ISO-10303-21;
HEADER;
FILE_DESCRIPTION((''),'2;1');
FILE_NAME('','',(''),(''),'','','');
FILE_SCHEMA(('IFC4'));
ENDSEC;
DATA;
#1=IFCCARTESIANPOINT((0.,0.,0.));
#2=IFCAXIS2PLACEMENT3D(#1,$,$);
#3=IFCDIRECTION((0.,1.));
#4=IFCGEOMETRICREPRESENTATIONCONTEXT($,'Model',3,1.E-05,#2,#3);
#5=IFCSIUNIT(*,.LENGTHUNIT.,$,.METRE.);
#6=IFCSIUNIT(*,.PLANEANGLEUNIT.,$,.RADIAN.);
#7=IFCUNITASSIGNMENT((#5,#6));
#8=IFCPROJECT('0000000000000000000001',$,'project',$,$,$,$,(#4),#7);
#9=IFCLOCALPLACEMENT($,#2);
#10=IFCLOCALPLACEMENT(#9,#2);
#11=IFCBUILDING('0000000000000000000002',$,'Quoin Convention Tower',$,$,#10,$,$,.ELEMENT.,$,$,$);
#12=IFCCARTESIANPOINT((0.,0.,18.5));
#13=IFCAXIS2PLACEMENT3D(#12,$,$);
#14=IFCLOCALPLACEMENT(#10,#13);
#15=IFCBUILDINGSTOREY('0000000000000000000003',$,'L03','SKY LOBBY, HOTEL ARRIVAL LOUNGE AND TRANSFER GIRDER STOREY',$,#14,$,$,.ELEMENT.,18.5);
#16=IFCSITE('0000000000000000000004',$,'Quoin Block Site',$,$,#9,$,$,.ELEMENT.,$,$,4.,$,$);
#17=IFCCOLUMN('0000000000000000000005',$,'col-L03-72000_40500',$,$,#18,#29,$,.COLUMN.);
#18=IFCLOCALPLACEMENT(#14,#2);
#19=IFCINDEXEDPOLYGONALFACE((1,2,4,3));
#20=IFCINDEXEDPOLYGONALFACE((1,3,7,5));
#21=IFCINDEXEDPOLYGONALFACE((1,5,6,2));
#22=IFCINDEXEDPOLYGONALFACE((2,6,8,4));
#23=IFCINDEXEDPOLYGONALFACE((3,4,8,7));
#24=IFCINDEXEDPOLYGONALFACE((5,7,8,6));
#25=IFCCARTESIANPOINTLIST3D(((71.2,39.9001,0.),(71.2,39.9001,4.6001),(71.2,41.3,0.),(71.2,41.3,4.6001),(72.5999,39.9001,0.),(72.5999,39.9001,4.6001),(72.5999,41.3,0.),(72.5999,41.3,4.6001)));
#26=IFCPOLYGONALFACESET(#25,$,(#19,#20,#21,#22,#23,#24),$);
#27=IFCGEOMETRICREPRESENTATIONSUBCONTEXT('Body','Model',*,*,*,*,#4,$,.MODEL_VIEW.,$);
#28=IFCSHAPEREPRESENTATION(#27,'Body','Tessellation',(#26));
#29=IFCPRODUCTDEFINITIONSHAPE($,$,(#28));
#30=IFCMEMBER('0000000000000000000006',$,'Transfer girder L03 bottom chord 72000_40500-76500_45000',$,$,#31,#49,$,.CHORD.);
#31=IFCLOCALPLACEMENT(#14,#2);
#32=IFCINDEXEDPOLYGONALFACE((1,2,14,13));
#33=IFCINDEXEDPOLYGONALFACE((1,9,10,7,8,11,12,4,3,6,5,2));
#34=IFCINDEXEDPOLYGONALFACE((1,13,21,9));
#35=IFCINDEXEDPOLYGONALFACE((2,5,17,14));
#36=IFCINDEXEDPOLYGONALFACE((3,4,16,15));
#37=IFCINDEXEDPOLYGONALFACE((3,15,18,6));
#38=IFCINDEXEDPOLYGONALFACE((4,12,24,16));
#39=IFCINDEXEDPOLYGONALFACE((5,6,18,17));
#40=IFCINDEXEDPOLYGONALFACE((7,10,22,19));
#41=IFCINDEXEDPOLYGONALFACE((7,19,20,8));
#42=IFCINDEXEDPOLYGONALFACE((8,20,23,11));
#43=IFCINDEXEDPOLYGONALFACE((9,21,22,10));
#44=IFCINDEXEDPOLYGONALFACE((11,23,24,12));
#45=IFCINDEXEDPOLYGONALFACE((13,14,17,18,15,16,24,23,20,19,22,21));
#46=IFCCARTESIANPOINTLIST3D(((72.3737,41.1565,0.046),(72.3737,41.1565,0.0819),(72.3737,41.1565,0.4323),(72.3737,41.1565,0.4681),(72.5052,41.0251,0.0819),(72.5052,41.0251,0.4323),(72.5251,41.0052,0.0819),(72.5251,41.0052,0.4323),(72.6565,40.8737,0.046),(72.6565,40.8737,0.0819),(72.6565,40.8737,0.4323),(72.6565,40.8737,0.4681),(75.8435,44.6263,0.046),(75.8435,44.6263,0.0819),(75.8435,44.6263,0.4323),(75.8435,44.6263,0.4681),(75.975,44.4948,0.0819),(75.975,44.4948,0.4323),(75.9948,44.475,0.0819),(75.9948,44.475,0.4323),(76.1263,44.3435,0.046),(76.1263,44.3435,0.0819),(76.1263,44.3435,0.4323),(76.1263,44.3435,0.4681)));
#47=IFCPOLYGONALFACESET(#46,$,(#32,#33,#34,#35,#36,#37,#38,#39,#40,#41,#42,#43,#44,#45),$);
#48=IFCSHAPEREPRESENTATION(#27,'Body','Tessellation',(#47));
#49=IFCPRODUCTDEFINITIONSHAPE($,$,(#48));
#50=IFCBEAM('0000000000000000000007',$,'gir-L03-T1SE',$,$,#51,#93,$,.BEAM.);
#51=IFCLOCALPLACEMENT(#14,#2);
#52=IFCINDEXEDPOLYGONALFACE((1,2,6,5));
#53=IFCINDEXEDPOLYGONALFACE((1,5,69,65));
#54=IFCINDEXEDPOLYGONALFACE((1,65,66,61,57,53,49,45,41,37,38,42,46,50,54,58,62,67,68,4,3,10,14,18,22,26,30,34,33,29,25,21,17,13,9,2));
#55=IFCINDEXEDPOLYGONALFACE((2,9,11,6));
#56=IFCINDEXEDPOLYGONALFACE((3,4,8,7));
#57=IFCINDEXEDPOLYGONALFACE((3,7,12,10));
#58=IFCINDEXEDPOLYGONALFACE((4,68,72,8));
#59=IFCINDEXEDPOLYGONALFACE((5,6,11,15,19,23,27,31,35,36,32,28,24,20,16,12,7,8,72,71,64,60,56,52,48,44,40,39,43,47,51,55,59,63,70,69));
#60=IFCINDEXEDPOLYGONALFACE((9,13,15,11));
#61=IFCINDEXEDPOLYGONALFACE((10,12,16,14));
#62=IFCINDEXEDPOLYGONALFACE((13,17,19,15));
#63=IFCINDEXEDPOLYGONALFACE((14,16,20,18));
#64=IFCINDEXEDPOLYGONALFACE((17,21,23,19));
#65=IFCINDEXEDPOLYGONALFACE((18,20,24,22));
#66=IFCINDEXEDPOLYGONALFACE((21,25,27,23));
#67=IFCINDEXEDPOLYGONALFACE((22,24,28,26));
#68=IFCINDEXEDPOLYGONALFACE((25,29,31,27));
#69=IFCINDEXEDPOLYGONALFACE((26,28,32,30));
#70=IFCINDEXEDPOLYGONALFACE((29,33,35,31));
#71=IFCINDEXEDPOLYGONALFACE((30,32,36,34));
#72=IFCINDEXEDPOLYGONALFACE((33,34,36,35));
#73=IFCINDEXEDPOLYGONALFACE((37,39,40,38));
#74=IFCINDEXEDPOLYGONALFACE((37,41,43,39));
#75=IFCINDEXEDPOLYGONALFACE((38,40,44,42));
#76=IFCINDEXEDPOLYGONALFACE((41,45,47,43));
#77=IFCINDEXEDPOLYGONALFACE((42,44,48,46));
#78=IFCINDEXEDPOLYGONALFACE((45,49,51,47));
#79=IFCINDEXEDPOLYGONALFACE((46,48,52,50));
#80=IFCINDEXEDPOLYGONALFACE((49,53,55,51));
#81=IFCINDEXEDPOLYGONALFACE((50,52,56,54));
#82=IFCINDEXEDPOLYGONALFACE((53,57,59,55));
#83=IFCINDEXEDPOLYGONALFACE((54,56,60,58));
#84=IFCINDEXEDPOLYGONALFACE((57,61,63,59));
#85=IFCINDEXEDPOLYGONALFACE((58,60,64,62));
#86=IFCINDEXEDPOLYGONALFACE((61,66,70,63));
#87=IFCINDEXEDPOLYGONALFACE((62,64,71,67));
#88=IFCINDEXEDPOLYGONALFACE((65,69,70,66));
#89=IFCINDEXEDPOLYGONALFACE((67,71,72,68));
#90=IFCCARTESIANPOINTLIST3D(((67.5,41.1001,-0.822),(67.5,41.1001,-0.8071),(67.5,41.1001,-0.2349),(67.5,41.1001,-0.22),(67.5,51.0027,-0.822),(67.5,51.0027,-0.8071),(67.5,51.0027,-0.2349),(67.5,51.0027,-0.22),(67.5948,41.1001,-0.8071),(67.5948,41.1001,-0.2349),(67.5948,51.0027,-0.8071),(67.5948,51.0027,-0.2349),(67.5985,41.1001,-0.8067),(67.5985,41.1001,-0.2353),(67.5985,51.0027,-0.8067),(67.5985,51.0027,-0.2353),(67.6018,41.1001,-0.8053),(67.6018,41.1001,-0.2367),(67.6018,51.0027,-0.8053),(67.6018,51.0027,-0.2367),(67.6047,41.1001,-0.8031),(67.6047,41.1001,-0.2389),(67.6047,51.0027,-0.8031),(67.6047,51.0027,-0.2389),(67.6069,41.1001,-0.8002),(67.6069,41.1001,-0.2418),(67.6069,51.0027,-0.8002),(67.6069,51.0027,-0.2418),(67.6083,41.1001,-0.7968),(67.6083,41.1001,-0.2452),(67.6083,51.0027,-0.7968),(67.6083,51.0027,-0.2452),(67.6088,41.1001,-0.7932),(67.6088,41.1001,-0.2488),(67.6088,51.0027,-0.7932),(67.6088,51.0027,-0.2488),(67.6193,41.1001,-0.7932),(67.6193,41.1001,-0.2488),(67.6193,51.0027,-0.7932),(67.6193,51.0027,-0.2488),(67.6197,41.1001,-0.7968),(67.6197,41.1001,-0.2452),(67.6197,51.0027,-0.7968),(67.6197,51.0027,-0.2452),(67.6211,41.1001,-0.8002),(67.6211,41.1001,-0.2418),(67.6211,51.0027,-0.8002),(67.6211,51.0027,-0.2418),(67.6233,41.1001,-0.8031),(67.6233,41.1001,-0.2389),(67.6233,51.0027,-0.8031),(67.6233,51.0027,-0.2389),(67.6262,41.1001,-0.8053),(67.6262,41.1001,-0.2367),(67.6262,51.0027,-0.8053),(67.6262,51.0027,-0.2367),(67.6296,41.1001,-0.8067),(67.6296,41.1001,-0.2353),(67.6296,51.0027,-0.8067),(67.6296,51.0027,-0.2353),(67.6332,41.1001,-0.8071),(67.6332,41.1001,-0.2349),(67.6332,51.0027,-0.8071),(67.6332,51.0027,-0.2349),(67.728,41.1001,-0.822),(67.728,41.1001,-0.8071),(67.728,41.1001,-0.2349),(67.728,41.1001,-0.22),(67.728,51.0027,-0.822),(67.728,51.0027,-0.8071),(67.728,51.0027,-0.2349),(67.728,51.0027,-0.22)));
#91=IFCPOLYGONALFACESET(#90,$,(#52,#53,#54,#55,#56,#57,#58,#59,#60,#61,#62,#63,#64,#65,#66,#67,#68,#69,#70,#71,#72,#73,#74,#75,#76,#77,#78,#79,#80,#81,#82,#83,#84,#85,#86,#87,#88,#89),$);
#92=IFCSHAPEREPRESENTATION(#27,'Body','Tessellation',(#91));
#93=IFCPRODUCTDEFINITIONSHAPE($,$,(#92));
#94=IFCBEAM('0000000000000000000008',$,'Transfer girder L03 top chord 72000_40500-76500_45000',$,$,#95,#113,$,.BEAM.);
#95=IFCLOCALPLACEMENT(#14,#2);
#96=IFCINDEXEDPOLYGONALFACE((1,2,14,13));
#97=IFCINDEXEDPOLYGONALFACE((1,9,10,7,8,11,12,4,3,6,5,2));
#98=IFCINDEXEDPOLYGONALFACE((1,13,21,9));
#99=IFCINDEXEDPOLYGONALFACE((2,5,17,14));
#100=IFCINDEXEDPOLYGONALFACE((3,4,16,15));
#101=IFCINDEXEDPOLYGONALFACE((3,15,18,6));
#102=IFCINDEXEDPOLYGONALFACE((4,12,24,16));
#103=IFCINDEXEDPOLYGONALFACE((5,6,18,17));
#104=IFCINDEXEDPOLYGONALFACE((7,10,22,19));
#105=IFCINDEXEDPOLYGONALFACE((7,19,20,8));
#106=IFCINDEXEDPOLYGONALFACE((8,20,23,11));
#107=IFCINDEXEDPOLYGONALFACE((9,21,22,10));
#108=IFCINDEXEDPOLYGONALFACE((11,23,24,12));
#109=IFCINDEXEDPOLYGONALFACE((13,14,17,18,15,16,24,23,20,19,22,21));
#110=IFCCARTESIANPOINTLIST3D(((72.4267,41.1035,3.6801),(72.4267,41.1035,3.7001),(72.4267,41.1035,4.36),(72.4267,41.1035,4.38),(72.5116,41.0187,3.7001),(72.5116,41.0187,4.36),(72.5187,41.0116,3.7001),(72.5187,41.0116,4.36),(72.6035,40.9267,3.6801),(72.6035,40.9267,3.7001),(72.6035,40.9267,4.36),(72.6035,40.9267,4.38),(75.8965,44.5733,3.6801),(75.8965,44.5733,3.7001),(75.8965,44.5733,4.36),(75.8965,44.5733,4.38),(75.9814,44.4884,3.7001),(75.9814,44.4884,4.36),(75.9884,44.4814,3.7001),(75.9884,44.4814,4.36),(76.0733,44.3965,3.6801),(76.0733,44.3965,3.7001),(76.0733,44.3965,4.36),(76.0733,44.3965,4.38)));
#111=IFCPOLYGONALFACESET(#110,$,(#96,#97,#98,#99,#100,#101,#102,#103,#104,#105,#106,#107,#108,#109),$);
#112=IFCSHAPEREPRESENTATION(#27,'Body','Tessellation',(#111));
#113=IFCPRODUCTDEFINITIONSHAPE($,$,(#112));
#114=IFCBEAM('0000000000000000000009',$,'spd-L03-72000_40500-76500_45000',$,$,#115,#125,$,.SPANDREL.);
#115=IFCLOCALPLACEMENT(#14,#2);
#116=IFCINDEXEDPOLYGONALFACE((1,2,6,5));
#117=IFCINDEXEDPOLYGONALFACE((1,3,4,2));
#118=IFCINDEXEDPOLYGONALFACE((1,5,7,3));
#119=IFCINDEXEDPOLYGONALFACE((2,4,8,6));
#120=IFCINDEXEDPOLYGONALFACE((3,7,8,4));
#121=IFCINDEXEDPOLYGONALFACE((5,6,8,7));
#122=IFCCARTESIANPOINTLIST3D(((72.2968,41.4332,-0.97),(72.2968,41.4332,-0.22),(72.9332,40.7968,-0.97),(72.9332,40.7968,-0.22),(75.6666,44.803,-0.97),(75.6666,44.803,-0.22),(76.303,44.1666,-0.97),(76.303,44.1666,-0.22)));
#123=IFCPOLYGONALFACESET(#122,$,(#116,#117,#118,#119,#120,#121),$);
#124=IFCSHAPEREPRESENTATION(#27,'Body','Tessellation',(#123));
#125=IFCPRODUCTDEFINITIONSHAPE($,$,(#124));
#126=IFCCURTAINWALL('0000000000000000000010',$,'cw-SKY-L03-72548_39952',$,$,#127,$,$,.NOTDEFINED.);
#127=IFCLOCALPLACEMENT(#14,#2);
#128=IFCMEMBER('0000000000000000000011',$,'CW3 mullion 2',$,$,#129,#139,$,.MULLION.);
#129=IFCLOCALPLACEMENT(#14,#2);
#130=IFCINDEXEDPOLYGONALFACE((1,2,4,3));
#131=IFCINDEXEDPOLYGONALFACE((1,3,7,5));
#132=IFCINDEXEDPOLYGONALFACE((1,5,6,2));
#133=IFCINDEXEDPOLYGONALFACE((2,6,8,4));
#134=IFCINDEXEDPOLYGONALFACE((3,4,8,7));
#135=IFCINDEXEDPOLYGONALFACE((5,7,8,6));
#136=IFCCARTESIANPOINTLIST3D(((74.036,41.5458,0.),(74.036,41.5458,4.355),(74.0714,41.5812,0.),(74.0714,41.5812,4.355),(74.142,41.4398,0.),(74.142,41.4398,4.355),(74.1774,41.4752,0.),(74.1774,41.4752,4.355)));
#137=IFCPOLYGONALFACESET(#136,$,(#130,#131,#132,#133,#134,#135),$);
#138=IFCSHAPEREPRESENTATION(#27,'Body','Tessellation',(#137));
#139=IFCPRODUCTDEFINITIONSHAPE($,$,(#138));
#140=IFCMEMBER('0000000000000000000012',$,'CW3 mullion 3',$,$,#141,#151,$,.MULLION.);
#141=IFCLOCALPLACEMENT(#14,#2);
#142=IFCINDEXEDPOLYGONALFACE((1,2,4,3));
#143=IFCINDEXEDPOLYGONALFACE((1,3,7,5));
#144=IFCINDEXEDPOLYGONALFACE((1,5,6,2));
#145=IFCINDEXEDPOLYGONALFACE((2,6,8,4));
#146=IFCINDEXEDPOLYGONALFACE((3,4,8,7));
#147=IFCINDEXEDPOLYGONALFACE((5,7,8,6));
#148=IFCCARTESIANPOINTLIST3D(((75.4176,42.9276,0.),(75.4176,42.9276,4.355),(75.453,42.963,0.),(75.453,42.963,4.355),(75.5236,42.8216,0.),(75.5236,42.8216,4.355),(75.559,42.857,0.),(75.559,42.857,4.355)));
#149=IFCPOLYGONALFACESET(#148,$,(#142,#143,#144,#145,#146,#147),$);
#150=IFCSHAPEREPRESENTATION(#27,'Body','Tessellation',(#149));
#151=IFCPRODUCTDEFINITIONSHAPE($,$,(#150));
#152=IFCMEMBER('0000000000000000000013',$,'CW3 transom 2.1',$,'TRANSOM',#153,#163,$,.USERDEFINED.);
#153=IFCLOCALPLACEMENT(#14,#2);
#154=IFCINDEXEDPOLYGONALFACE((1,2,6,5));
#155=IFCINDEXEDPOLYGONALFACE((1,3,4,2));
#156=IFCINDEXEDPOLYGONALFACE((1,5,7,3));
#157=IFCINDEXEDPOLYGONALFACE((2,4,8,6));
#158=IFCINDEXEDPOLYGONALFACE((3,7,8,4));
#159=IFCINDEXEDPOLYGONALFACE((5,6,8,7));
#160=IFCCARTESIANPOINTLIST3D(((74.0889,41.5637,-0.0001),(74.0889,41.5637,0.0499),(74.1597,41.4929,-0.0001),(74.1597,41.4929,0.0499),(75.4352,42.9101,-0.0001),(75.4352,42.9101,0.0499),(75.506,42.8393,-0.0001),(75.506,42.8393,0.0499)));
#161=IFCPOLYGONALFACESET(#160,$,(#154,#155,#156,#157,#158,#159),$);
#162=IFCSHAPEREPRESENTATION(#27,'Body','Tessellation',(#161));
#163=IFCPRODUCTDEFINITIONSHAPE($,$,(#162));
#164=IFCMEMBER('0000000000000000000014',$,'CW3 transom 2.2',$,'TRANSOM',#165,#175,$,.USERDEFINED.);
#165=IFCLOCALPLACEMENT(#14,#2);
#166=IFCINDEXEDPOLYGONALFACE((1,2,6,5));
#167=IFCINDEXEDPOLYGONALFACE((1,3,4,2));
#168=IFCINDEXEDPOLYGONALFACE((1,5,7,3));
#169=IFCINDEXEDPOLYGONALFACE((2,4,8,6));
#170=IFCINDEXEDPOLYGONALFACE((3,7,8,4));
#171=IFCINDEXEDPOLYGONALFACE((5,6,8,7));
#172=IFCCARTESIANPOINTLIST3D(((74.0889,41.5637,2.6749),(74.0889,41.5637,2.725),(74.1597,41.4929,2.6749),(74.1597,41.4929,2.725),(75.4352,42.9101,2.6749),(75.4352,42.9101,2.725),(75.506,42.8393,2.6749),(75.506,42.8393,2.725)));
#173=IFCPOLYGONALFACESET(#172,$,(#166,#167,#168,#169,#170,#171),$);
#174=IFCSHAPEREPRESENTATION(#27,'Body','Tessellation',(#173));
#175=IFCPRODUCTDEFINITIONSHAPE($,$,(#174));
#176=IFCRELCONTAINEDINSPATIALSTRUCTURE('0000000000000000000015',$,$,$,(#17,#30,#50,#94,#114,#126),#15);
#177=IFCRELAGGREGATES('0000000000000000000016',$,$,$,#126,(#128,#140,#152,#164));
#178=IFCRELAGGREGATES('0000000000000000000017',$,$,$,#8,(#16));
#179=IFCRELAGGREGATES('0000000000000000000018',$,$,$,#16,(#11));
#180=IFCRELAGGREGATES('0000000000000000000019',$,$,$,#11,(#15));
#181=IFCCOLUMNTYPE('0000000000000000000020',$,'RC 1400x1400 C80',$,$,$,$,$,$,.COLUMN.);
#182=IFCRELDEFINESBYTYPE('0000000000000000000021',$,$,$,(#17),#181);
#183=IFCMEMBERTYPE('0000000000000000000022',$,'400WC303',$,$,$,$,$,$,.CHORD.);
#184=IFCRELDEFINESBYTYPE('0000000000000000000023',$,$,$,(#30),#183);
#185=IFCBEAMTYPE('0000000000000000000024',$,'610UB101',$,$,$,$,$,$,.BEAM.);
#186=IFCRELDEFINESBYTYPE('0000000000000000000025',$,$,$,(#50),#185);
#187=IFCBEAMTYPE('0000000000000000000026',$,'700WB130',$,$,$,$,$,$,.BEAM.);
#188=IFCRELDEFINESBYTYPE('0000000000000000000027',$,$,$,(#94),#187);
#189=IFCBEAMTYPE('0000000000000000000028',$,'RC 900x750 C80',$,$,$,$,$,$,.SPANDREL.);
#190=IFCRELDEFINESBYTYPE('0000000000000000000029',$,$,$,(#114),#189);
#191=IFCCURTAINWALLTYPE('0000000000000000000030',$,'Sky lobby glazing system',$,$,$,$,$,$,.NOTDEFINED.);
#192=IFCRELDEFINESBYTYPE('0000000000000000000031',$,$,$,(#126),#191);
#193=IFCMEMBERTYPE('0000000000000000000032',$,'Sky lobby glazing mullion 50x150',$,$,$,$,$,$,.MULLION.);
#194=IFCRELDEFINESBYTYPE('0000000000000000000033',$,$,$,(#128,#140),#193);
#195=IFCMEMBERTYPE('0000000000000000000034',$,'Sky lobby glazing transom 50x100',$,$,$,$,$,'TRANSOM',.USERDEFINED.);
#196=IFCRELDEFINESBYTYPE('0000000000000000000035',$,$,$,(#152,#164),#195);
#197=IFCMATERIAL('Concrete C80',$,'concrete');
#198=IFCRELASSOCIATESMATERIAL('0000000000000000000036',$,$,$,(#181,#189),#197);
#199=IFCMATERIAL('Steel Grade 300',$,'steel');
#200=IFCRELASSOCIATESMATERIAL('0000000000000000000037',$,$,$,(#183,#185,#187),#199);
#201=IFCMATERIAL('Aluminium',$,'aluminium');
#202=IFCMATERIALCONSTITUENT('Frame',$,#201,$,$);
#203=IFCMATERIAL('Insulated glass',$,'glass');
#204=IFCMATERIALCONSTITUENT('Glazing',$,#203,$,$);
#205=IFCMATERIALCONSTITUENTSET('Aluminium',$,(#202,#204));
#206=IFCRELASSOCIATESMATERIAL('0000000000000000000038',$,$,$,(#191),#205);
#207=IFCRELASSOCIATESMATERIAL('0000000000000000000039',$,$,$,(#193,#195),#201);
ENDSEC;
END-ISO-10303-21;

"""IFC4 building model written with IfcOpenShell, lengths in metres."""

from ifc_helpers import new_model, si_unit, direction, frame, origin, origin_2d, place, context, subcontext, project, spatial, rectangle, i_section, extrude, material, constituent, constituent_set, material_profile, profile_set, type_object, element, aggregate, save


model = new_model("IFC4")

# Units and contexts
model_context = context("Model", 3, precision=1e-05, world=origin(), true_north=direction((0.0, 1.0)))
body_context = subcontext(model_context, "Body", "Model", "MODEL_VIEW")
ifc_project = project(units=[si_unit("LENGTHUNIT", "METRE"), si_unit("PLANEANGLEUNIT", "RADIAN")], contexts=[model_context])

# Site, building, storey
site_placement = place(None, origin())
site = spatial("IfcSite", under=ifc_project, at=site_placement, Name="Quoin Block Site", CompositionType="ELEMENT", RefElevation=4.0)
building_placement = place(site_placement, origin())
building = spatial("IfcBuilding", under=site, at=building_placement, Name="Quoin Convention Tower", CompositionType="ELEMENT")
storey_placement = place(building_placement, frame((0.0, 0.0, 18.5)))
storey = spatial("IfcBuildingStorey", under=building, at=storey_placement, Name="L03", Description="SKY LOBBY, HOTEL ARRIVAL LOUNGE AND TRANSFER GIRDER STOREY", CompositionType="ELEMENT", Elevation=18.5)

# Column
ifc_material_1 = material(Name="Concrete C80", Category="concrete")
ifc_material_profile_1 = material_profile(ifc_material_1, rectangle(XDim=1.3999, YDim=1.3999, at=origin_2d()), Name="RC 1400x1400")
ifc_profile_set_1 = profile_set([ifc_material_profile_1], Name="Concrete C80")
column_type = type_object("IfcColumnType", Name="RC 1400x1400 C80", PredefinedType="COLUMN", material=ifc_profile_set_1)
column_placement = place(storey_placement, frame((71.8999, 40.6001, 0.0), z_axis=(0.0, 0.0, 1.0), x_axis=(1.0, 0.0, 0.0)))
element("IfcColumn", 1, at=column_placement, inside=storey, type_object=column_type, Name="col-L03-72000_40500", PredefinedType="COLUMN", context=body_context, shape_type="SweptSolid", body=[
    extrude(rectangle(XDim=1.3999, YDim=1.3999, at=origin_2d()), origin(), (0.0, 0.0, 1.0), 4.6001),
])

# Member
ifc_material_2 = material(Name="Steel Grade 300", Category="steel")
ifc_material_profile_2 = material_profile(ifc_material_2, i_section(OverallWidth=0.3999, OverallDepth=0.4221, WebThickness=0.0281, FlangeThickness=0.0359, at=origin_2d()), Name="400WC303")
ifc_profile_set_2 = profile_set([ifc_material_profile_2], Name="Steel Grade 300")
member_type_1 = type_object("IfcMemberType", Name="400WC303", PredefinedType="CHORD", material=ifc_profile_set_2)
member_1_placement = place(storey_placement, frame((72.5151, 41.0151, 0.2571), z_axis=(0.707107, 0.707107, 0.0), x_axis=(-0.707107, 0.707107, 0.0)))
element("IfcMember", 2, at=member_1_placement, inside=storey, type_object=member_type_1, Name="Transfer girder L03 bottom chord 72000_40500-76500_45000", PredefinedType="CHORD", context=body_context, shape_type="SweptSolid", body=[
    extrude(i_section(OverallWidth=0.3999, OverallDepth=0.4221, WebThickness=0.0281, FlangeThickness=0.0359, at=origin_2d()), origin(), (0.0, 0.0, 1.0), 4.907),
])

# Beams
ifc_material_profile_3 = material_profile(ifc_material_2, i_section(OverallWidth=0.228, OverallDepth=0.6021, WebThickness=0.0105, FlangeThickness=0.0149, FilletRadius=0.0139, at=origin_2d()), Name="610UB101")
ifc_profile_set_3 = profile_set([ifc_material_profile_3], Name="Steel Grade 300")
beam_type_1 = type_object("IfcBeamType", Name="610UB101", PredefinedType="BEAM", material=ifc_profile_set_3)
beam_1_placement = place(storey_placement, frame((67.614, 41.1001, -0.521), z_axis=(0.0, 1.0, 0.0), x_axis=(-1.0, 0.0, 0.0)))
element("IfcBeam", 3, at=beam_1_placement, inside=storey, type_object=beam_type_1, Name="gir-L03-T1SE", PredefinedType="BEAM", context=body_context, shape_type="SweptSolid", body=[
    extrude(i_section(OverallWidth=0.228, OverallDepth=0.6021, WebThickness=0.0105, FlangeThickness=0.0149, FilletRadius=0.0139, at=origin_2d()), origin(), (0.0, 0.0, 1.0), 9.9026),
])
ifc_material_profile_4 = material_profile(ifc_material_2, i_section(OverallWidth=0.25, OverallDepth=0.7, WebThickness=0.01, FlangeThickness=0.02, at=origin_2d()), Name="700WB130")
ifc_profile_set_4 = profile_set([ifc_material_profile_4], Name="Steel Grade 300")
beam_type_2 = type_object("IfcBeamType", Name="700WB130", PredefinedType="BEAM", material=ifc_profile_set_4)
beam_2_placement = place(storey_placement, frame((72.5151, 41.0151, 4.03), z_axis=(0.707107, 0.707107, 0.0), x_axis=(-0.707107, 0.707107, 0.0)))
element("IfcBeam", 4, at=beam_2_placement, inside=storey, type_object=beam_type_2, Name="Transfer girder L03 top chord 72000_40500-76500_45000", PredefinedType="BEAM", context=body_context, shape_type="SweptSolid", body=[
    extrude(i_section(OverallWidth=0.25, OverallDepth=0.7, WebThickness=0.01, FlangeThickness=0.02, at=origin_2d()), origin(), (0.0, 0.0, 1.0), 4.907),
])
ifc_material_profile_5 = material_profile(ifc_material_1, rectangle(XDim=0.8999, YDim=0.75, at=origin_2d()), Name="RC 900x750")
ifc_profile_set_5 = profile_set([ifc_material_profile_5], Name="Concrete C80")
beam_type_3 = type_object("IfcBeamType", Name="RC 900x750 C80", PredefinedType="SPANDREL", material=ifc_profile_set_5)
beam_3_placement = place(storey_placement, frame((72.615, 41.115, -0.595), z_axis=(0.707107, 0.707107, 0.0), x_axis=(-0.707107, 0.707107, 0.0)))
element("IfcBeam", 5, at=beam_3_placement, inside=storey, type_object=beam_type_3, Name="spd-L03-72000_40500-76500_45000", PredefinedType="SPANDREL", context=body_context, shape_type="SweptSolid", body=[
    extrude(rectangle(XDim=0.8999, YDim=0.75, at=origin_2d()), origin(), (0.0, 0.0, 1.0), 4.7656),
])

# Curtain wall, members
ifc_material_3 = material(Name="Aluminium", Category="aluminium")
ifc_constituent_1 = constituent(ifc_material_3, Name="Frame")
ifc_material_4 = material(Name="Insulated glass", Category="glass")
ifc_constituent_2 = constituent(ifc_material_4, Name="Glazing")
ifc_constituent_set = constituent_set(constituents=[ifc_constituent_1, ifc_constituent_2], Name="Aluminium")
curtain_wall_type = type_object("IfcCurtainWallType", Name="Sky lobby glazing system", PredefinedType="NOTDEFINED", material=ifc_constituent_set)
curtain_wall_placement = place(storey_placement, origin())
curtain_wall = element("IfcCurtainWall", 6, at=curtain_wall_placement, inside=storey, type_object=curtain_wall_type, Name="cw-SKY-L03-72548_39952", PredefinedType="NOTDEFINED")
ifc_material_profile_6 = material_profile(ifc_material_3, rectangle(XDim=0.1499, YDim=0.05, at=origin_2d()), Name="Sky lobby glazing mullion 50x150")
ifc_profile_set_6 = profile_set([ifc_material_profile_6], Name="Aluminium")
member_type_2 = type_object("IfcMemberType", Name="Sky lobby glazing mullion 50x150", PredefinedType="MULLION", material=ifc_profile_set_6)
member_2_placement = place(storey_placement, frame((74.1067, 41.5105, 0.0), z_axis=(0.0, 0.0, 1.0), x_axis=(-0.707107, 0.707107, 0.0)))
member_2 = element("IfcMember", 7, at=member_2_placement, type_object=member_type_2, Name="CW3 mullion 2", PredefinedType="MULLION", context=body_context, shape_type="SweptSolid", body=[
    extrude(rectangle(XDim=0.1499, YDim=0.05, at=origin_2d()), origin(), (0.0, 0.0, 1.0), 4.355),
])
member_3_placement = place(storey_placement, frame((75.4883, 42.8923, 0.0), z_axis=(0.0, 0.0, 1.0), x_axis=(-0.707107, 0.707107, 0.0)))
member_3 = element("IfcMember", 8, at=member_3_placement, type_object=member_type_2, Name="CW3 mullion 3", PredefinedType="MULLION", context=body_context, shape_type="SweptSolid", body=[
    extrude(rectangle(XDim=0.1499, YDim=0.05, at=origin_2d()), origin(), (0.0, 0.0, 1.0), 4.355),
])
ifc_material_profile_7 = material_profile(ifc_material_3, rectangle(XDim=0.1001, YDim=0.05, at=origin_2d()), Name="Sky lobby glazing transom 50x100")
ifc_profile_set_7 = profile_set([ifc_material_profile_7], Name="Aluminium")
member_type_3 = type_object("IfcMemberType", Name="Sky lobby glazing transom 50x100", ElementType="TRANSOM", PredefinedType="USERDEFINED", material=ifc_profile_set_7)
member_4_placement = place(storey_placement, frame((74.1243, 41.5283, 0.0249), z_axis=(0.707107, 0.707107, 0.0), x_axis=(-0.707107, 0.707107, 0.0)))
member_4 = element("IfcMember", 9, at=member_4_placement, type_object=member_type_3, Name="CW3 transom 2.1", ObjectType="TRANSOM", PredefinedType="USERDEFINED", context=body_context, shape_type="SweptSolid", body=[
    extrude(rectangle(XDim=0.1001, YDim=0.05, at=origin_2d()), origin(), (0.0, 0.0, 1.0), 1.9041),
])
member_5_placement = place(storey_placement, frame((74.1243, 41.5283, 2.7), z_axis=(0.707107, 0.707107, 0.0), x_axis=(-0.707107, 0.707107, 0.0)))
member_5 = element("IfcMember", 10, at=member_5_placement, type_object=member_type_3, Name="CW3 transom 2.2", ObjectType="TRANSOM", PredefinedType="USERDEFINED", context=body_context, shape_type="SweptSolid", body=[
    extrude(rectangle(XDim=0.1001, YDim=0.05, at=origin_2d()), origin(), (0.0, 0.0, 1.0), 1.9041),
])
aggregate(curtain_wall, [member_2, member_3, member_4, member_5])

save(model, "model.ifc")
